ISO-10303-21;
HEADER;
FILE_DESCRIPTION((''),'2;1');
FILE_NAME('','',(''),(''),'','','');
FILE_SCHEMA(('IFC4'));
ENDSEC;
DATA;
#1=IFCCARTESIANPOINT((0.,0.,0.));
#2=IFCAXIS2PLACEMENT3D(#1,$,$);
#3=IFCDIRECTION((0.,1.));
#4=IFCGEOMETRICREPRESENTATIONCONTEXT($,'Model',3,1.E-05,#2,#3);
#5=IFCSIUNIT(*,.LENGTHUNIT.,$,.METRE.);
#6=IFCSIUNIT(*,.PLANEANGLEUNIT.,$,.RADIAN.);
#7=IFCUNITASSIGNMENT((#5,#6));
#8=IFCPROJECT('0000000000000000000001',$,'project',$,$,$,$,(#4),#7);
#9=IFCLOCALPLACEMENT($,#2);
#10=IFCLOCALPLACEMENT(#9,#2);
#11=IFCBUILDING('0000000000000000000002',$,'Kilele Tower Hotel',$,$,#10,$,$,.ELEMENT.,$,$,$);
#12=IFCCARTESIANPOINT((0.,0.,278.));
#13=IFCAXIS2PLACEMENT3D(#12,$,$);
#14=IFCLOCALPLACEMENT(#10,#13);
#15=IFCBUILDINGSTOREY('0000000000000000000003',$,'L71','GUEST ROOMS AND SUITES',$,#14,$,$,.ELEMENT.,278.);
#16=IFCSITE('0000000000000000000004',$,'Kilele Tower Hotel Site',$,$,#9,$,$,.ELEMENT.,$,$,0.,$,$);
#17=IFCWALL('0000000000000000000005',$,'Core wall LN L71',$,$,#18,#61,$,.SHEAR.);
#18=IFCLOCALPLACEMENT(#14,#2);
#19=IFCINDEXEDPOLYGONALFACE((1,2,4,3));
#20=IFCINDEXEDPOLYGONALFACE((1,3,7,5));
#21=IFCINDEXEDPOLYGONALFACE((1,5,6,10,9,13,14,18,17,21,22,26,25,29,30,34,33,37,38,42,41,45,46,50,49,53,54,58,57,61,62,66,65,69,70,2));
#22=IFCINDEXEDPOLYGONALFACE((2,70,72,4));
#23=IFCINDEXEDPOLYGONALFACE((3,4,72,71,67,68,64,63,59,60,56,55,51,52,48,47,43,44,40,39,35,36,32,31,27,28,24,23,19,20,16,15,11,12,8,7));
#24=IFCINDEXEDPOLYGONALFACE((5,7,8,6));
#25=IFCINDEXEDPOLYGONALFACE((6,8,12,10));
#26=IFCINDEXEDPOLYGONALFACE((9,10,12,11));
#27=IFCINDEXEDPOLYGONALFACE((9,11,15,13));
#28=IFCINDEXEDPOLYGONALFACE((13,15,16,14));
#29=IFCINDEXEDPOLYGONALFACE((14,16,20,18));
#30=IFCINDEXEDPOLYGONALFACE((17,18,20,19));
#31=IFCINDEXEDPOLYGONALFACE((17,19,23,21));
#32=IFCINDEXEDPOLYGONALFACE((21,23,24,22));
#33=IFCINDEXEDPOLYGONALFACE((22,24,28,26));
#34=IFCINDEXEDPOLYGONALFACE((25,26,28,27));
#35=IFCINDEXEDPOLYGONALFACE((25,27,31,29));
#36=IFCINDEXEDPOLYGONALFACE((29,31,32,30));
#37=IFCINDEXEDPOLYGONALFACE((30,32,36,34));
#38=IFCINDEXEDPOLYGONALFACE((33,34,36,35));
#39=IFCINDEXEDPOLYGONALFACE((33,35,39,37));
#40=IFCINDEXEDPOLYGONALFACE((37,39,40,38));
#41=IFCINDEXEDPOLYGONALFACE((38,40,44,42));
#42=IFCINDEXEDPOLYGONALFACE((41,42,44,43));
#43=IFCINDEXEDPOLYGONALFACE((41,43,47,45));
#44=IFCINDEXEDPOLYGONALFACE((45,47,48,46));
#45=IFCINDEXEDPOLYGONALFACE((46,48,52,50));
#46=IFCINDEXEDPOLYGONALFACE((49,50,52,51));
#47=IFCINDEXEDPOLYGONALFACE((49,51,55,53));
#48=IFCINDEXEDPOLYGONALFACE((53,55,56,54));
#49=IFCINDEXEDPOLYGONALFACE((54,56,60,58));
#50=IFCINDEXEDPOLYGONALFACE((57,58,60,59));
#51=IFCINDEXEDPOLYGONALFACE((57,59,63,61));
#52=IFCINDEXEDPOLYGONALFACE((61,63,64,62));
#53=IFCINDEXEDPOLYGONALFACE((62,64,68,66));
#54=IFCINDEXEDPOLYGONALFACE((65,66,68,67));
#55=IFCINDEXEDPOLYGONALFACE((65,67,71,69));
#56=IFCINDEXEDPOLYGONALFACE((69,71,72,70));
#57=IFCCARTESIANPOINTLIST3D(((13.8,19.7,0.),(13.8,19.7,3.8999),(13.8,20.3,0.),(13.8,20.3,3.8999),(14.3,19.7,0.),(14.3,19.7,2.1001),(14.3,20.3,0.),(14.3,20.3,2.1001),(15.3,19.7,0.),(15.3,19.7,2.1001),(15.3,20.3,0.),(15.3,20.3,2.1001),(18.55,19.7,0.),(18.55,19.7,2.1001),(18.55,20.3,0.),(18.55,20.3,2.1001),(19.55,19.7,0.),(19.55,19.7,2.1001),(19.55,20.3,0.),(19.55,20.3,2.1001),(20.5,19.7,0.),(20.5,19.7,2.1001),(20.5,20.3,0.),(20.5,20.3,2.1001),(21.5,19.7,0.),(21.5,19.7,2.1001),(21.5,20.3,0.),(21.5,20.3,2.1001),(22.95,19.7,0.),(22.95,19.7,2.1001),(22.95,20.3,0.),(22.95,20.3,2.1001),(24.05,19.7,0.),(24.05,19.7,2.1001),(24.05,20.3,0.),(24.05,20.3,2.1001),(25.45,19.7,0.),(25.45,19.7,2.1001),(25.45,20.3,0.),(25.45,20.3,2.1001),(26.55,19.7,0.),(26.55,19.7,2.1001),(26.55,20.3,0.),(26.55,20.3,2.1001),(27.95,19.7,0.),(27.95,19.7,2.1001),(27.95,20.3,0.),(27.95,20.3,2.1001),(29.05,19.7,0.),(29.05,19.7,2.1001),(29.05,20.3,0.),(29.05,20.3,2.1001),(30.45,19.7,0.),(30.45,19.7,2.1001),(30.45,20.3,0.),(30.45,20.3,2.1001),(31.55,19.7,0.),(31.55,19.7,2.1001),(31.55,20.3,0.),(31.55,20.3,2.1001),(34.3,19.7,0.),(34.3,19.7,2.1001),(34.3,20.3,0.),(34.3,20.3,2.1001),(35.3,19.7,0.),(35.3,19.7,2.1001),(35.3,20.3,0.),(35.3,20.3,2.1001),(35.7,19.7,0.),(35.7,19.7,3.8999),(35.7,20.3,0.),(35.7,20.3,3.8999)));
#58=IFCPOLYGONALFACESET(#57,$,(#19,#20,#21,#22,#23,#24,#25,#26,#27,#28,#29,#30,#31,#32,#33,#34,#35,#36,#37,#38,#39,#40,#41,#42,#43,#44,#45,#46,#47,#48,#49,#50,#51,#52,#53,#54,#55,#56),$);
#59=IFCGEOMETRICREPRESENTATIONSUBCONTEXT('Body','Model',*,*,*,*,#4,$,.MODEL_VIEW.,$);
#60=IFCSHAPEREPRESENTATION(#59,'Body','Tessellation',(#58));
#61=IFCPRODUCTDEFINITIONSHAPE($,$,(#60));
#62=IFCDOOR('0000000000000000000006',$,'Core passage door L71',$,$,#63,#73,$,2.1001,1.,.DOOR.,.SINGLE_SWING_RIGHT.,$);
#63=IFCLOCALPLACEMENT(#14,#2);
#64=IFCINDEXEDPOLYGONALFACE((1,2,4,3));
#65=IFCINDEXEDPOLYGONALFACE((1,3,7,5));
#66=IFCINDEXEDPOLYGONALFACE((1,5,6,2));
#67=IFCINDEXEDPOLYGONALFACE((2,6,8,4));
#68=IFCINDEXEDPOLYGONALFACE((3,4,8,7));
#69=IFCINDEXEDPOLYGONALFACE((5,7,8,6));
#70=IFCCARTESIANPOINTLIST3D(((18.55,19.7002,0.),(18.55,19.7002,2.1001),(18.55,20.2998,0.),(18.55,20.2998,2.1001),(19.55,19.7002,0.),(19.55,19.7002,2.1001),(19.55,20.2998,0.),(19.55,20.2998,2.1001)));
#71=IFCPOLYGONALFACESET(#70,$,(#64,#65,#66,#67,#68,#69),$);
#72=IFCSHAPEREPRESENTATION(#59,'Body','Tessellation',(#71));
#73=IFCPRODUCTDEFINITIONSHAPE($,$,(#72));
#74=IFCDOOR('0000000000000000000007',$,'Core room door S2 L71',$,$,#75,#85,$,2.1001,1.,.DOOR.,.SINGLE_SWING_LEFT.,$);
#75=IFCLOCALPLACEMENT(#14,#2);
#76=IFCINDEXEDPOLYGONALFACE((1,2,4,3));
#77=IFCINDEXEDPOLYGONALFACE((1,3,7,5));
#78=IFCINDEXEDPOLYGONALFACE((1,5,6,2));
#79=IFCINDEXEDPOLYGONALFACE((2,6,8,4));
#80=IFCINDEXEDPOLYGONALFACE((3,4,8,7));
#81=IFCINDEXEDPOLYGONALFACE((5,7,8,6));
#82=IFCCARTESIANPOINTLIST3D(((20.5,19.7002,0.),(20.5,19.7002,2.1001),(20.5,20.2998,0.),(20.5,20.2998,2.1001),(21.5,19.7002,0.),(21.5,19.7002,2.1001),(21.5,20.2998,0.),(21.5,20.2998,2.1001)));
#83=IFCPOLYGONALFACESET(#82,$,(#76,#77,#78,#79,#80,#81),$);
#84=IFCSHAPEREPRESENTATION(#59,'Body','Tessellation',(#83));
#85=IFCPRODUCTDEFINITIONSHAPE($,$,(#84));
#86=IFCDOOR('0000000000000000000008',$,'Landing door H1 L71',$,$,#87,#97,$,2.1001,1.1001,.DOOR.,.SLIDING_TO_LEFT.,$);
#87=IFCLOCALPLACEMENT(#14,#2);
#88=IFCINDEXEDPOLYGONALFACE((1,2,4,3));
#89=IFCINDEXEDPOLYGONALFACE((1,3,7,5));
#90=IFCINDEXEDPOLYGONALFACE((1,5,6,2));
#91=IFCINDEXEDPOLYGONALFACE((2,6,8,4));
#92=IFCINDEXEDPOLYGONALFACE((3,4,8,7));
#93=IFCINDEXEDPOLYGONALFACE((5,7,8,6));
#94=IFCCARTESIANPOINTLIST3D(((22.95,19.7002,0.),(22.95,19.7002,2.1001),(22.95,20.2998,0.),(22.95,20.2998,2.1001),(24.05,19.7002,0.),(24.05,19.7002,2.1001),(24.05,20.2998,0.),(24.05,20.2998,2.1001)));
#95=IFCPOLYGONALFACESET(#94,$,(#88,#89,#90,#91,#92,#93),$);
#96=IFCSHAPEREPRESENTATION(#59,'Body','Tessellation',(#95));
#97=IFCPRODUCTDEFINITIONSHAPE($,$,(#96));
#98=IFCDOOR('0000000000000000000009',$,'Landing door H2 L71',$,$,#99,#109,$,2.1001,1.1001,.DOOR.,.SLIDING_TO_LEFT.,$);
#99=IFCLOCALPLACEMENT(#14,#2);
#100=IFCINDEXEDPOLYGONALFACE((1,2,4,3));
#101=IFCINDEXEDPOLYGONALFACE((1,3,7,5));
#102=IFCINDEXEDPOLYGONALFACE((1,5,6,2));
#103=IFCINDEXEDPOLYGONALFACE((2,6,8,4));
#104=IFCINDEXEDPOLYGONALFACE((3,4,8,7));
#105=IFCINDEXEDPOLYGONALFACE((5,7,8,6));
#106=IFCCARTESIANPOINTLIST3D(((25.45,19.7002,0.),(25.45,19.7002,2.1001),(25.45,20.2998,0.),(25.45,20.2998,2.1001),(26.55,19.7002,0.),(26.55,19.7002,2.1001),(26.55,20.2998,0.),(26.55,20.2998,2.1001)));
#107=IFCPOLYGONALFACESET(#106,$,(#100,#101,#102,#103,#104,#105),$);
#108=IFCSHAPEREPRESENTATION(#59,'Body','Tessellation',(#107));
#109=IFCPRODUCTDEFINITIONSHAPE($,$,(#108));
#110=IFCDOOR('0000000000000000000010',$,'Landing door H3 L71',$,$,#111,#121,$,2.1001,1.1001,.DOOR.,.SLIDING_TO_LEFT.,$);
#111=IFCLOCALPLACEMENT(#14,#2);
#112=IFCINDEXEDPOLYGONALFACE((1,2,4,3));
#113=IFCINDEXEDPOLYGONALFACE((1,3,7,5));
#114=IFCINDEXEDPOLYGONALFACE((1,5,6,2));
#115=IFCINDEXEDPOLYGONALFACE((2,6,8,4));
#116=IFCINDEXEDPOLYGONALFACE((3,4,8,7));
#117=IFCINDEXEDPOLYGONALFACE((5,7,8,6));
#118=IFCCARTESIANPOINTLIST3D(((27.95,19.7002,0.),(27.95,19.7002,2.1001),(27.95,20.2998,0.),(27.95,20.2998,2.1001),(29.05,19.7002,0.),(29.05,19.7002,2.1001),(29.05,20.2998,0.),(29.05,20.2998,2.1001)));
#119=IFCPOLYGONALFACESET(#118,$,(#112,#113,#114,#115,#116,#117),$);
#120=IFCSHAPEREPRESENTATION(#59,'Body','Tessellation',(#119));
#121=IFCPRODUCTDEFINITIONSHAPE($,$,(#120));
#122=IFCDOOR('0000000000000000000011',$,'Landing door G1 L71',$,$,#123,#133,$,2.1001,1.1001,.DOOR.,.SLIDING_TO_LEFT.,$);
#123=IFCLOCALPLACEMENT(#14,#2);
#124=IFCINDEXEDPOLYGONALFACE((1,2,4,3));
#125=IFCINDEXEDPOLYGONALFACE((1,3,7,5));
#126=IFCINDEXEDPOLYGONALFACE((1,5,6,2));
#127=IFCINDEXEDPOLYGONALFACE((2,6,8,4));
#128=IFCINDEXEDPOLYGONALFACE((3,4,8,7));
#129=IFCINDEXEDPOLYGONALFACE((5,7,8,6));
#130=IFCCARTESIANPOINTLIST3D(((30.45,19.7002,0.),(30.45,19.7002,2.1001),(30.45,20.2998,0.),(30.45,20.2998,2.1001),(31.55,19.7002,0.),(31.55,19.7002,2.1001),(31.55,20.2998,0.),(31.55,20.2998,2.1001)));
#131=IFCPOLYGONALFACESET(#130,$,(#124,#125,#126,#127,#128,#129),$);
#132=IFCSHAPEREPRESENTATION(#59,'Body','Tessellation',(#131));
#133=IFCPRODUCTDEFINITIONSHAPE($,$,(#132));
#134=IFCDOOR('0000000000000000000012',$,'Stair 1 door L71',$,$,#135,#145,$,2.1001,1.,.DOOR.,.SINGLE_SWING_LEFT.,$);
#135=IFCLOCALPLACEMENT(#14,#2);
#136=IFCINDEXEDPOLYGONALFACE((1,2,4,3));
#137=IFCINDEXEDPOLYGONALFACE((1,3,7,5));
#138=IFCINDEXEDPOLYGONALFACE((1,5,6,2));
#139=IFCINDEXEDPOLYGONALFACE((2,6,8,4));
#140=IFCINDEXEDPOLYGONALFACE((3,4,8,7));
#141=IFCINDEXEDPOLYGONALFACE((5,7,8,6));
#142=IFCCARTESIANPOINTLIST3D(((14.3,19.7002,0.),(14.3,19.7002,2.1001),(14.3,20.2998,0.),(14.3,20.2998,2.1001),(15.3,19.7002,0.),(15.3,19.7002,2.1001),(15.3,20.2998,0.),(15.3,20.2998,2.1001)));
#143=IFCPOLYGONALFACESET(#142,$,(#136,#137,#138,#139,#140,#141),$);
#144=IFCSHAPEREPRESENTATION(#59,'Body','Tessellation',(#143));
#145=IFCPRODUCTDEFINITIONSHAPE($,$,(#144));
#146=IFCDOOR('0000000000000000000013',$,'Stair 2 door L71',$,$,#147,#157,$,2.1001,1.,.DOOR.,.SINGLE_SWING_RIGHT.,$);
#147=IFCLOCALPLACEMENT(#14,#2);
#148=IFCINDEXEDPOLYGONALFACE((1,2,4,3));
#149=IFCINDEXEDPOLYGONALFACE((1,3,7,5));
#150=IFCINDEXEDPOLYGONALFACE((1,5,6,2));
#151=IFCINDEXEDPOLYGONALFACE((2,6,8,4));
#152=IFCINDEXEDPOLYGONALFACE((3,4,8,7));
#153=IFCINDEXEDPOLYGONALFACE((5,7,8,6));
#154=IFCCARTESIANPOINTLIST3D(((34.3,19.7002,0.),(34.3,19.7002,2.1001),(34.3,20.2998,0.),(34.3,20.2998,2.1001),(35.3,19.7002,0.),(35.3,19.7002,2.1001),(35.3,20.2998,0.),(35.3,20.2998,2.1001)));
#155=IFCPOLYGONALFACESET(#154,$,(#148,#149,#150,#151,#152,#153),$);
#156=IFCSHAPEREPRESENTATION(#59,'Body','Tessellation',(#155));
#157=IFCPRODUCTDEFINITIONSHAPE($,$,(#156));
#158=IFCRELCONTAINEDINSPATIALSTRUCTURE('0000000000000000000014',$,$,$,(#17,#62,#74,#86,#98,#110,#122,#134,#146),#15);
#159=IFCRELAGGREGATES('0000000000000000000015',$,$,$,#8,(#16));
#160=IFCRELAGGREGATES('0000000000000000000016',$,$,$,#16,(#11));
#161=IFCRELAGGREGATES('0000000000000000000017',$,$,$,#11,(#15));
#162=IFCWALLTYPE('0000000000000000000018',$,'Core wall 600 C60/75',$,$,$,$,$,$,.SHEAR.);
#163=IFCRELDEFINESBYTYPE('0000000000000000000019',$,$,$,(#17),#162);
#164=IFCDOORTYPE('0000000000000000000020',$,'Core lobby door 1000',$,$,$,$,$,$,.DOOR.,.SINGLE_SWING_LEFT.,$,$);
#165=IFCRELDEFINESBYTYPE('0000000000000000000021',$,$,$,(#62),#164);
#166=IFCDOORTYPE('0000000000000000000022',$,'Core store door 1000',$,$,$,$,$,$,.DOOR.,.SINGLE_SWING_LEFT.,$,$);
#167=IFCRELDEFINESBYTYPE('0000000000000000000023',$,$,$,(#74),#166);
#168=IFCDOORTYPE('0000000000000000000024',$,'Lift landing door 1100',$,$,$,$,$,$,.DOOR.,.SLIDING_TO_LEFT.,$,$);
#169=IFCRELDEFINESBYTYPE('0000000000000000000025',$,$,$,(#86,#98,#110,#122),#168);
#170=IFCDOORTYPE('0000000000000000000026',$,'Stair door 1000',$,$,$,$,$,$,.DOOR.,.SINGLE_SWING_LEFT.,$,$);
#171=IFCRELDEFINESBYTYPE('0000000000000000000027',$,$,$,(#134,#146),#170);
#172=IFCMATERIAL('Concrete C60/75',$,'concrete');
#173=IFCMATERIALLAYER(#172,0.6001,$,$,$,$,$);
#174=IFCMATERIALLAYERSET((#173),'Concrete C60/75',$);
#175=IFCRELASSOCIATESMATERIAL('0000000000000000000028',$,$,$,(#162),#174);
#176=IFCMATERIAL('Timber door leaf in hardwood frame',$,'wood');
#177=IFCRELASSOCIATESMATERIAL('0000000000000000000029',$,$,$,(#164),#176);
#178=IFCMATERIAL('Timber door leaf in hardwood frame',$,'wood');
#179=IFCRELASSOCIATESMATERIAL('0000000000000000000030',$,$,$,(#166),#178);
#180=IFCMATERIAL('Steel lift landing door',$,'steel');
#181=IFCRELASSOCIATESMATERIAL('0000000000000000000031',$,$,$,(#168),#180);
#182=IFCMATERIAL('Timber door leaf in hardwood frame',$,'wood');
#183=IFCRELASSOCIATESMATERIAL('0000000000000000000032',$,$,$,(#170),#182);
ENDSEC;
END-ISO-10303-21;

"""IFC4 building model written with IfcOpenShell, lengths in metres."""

from ifc_helpers import new_model, si_unit, direction, frame, frame_2d, origin, place, context, subcontext, project, spatial, rectangle, extrude, material, layer, layer_set, type_object, element, fill, save


model = new_model("IFC4")

# Units and contexts
model_context = context("Model", 3, precision=1e-05, world=origin(), true_north=direction((0.0, 1.0)))
body_context = subcontext(model_context, "Body", "Model", "MODEL_VIEW")
ifc_project = project(units=[si_unit("LENGTHUNIT", "METRE"), si_unit("PLANEANGLEUNIT", "RADIAN")], contexts=[model_context])

# Site, building, storey
site_placement = place(None, origin())
site = spatial("IfcSite", under=ifc_project, at=site_placement, Name="Kilele Tower Hotel Site", CompositionType="ELEMENT", RefElevation=0.0)
building_placement = place(site_placement, origin())
building = spatial("IfcBuilding", under=site, at=building_placement, Name="Kilele Tower Hotel", CompositionType="ELEMENT")
storey_placement = place(building_placement, frame((0.0, 0.0, 278.0)))
storey = spatial("IfcBuildingStorey", under=building, at=storey_placement, Name="L71", Description="GUEST ROOMS AND SUITES", CompositionType="ELEMENT", Elevation=278.0)

# Wall, openings, doors
ifc_material_1 = material(Name="Concrete C60/75", Category="concrete")
ifc_layer_1 = layer(ifc_material_1, 0.6001)
ifc_layer_set_1 = layer_set([ifc_layer_1], Name="Concrete C60/75")
wall_type_1 = type_object("IfcWallType", Name="Core wall 600 C60/75", PredefinedType="SHEAR", material=ifc_layer_set_1)
wall_1_placement = place(storey_placement, frame((13.8, 20.0, 0.0), z_axis=(0.0, 0.0, 1.0), x_axis=(1.0, 0.0, 0.0)))
wall_1 = element("IfcWall", 1, at=wall_1_placement, inside=storey, type_object=wall_type_1, Name="Core wall LN L71", PredefinedType="SHEAR", context=body_context, shape_type="SweptSolid", body=[
    extrude(rectangle(XDim=21.8999, YDim=0.6001, at=frame_2d((10.95, 0.0))), origin(), (0.0, 0.0, 1.0), 3.8999),
])
opening_1_placement = place(wall_1_placement, frame((0.5, 0.0, 0.0)))
opening_1 = element("IfcOpeningElement", 2, at=opening_1_placement, cuts=wall_1, PredefinedType="OPENING", context=body_context, shape_type="SweptSolid", body=[
    extrude(rectangle(XDim=1.0, YDim=2.1001, at=frame_2d((0.5, 1.05))), frame((0.0, 0.3101, 0.0), z_axis=(0.0, -1.0, 0.0), x_axis=(1.0, 0.0, 0.0)), (0.0, 0.0, 1.0), 0.6201),
])
opening_2_placement = place(wall_1_placement, frame((20.5, 0.0, 0.0)))
opening_2 = element("IfcOpeningElement", 3, at=opening_2_placement, cuts=wall_1, PredefinedType="OPENING", context=body_context, shape_type="SweptSolid", body=[
    extrude(rectangle(XDim=1.0, YDim=2.1001, at=frame_2d((0.5, 1.05))), frame((0.0, 0.3101, 0.0), z_axis=(0.0, -1.0, 0.0), x_axis=(1.0, 0.0, 0.0)), (0.0, 0.0, 1.0), 0.6201),
])
opening_3_placement = place(wall_1_placement, frame((9.1499, 0.0, 0.0)))
opening_3 = element("IfcOpeningElement", 4, at=opening_3_placement, cuts=wall_1, PredefinedType="OPENING", context=body_context, shape_type="SweptSolid", body=[
    extrude(rectangle(XDim=1.1001, YDim=2.1001, at=frame_2d((0.55, 1.05))), frame((0.0, 0.3101, 0.0), z_axis=(0.0, -1.0, 0.0), x_axis=(1.0, 0.0, 0.0)), (0.0, 0.0, 1.0), 0.6201),
])
opening_4_placement = place(wall_1_placement, frame((11.6499, 0.0, 0.0)))
opening_4 = element("IfcOpeningElement", 5, at=opening_4_placement, cuts=wall_1, PredefinedType="OPENING", context=body_context, shape_type="SweptSolid", body=[
    extrude(rectangle(XDim=1.1001, YDim=2.1001, at=frame_2d((0.55, 1.05))), frame((0.0, 0.3101, 0.0), z_axis=(0.0, -1.0, 0.0), x_axis=(1.0, 0.0, 0.0)), (0.0, 0.0, 1.0), 0.6201),
])
opening_5_placement = place(wall_1_placement, frame((14.1499, 0.0, 0.0)))
opening_5 = element("IfcOpeningElement", 6, at=opening_5_placement, cuts=wall_1, PredefinedType="OPENING", context=body_context, shape_type="SweptSolid", body=[
    extrude(rectangle(XDim=1.1001, YDim=2.1001, at=frame_2d((0.55, 1.05))), frame((0.0, 0.3101, 0.0), z_axis=(0.0, -1.0, 0.0), x_axis=(1.0, 0.0, 0.0)), (0.0, 0.0, 1.0), 0.6201),
])
opening_6_placement = place(wall_1_placement, frame((16.6499, 0.0, 0.0)))
opening_6 = element("IfcOpeningElement", 7, at=opening_6_placement, cuts=wall_1, PredefinedType="OPENING", context=body_context, shape_type="SweptSolid", body=[
    extrude(rectangle(XDim=1.1001, YDim=2.1001, at=frame_2d((0.55, 1.05))), frame((0.0, 0.3101, 0.0), z_axis=(0.0, -1.0, 0.0), x_axis=(1.0, 0.0, 0.0)), (0.0, 0.0, 1.0), 0.6201),
])
opening_7_placement = place(wall_1_placement, frame((5.75, 0.0, 0.0), z_axis=(0.0, 0.0, 1.0), x_axis=(-1.0, 0.0, 0.0)))
opening_7 = element("IfcOpeningElement", 8, at=opening_7_placement, cuts=wall_1, PredefinedType="OPENING", context=body_context, shape_type="SweptSolid", body=[
    extrude(rectangle(XDim=1.0, YDim=2.1001, at=frame_2d((0.5, 1.05))), frame((0.0, 0.3101, 0.0), z_axis=(0.0, -1.0, 0.0), x_axis=(1.0, 0.0, 0.0)), (0.0, 0.0, 1.0), 0.6201),
])
opening_8_placement = place(wall_1_placement, frame((6.7, 0.0, 0.0)))
opening_8 = element("IfcOpeningElement", 9, at=opening_8_placement, cuts=wall_1, PredefinedType="OPENING", context=body_context, shape_type="SweptSolid", body=[
    extrude(rectangle(XDim=1.0, YDim=2.1001, at=frame_2d((0.5, 1.05))), frame((0.0, 0.3101, 0.0), z_axis=(0.0, -1.0, 0.0), x_axis=(1.0, 0.0, 0.0)), (0.0, 0.0, 1.0), 0.6201),
])
ifc_material_2 = material(Name="Timber door leaf in hardwood frame", Category="wood")
door_type_1 = type_object("IfcDoorType", Name="Core lobby door 1000", OperationType="SINGLE_SWING_LEFT", PredefinedType="DOOR", material=ifc_material_2)
door_1_placement = place(opening_7_placement, origin())
door_1 = element("IfcDoor", 10, at=door_1_placement, inside=storey, type_object=door_type_1, Name="Core passage door L71", OperationType="SINGLE_SWING_RIGHT", OverallHeight=2.1001, OverallWidth=1.0, PredefinedType="DOOR", context=body_context, shape_type="SweptSolid", body=[
    extrude(rectangle(XDim=1.0, YDim=2.1001, at=frame_2d((0.5, 1.05))), frame((0.0, 0.2998, 0.0), z_axis=(0.0, -1.0, 0.0), x_axis=(1.0, 0.0, 0.0)), (0.0, 0.0, 1.0), 0.5996),
])
fill(opening_7, door_1)
ifc_material_3 = material(Name="Timber door leaf in hardwood frame", Category="wood")
door_type_2 = type_object("IfcDoorType", Name="Core store door 1000", OperationType="SINGLE_SWING_LEFT", PredefinedType="DOOR", material=ifc_material_3)
door_2_placement = place(opening_8_placement, origin())
door_2 = element("IfcDoor", 11, at=door_2_placement, inside=storey, type_object=door_type_2, Name="Core room door S2 L71", OperationType="SINGLE_SWING_LEFT", OverallHeight=2.1001, OverallWidth=1.0, PredefinedType="DOOR", context=body_context, shape_type="SweptSolid", body=[
    extrude(rectangle(XDim=1.0, YDim=2.1001, at=frame_2d((0.5, 1.05))), frame((0.0, 0.2998, 0.0), z_axis=(0.0, -1.0, 0.0), x_axis=(1.0, 0.0, 0.0)), (0.0, 0.0, 1.0), 0.5996),
])
fill(opening_8, door_2)
ifc_material_4 = material(Name="Steel lift landing door", Category="steel")
door_type_3 = type_object("IfcDoorType", Name="Lift landing door 1100", OperationType="SLIDING_TO_LEFT", PredefinedType="DOOR", material=ifc_material_4)
door_3_placement = place(opening_3_placement, origin())
door_3 = element("IfcDoor", 12, at=door_3_placement, inside=storey, type_object=door_type_3, Name="Landing door H1 L71", OperationType="SLIDING_TO_LEFT", OverallHeight=2.1001, OverallWidth=1.1001, PredefinedType="DOOR", context=body_context, shape_type="SweptSolid", body=[
    extrude(rectangle(XDim=1.1001, YDim=2.1001, at=frame_2d((0.55, 1.05))), frame((0.0, 0.2998, 0.0), z_axis=(0.0, -1.0, 0.0), x_axis=(1.0, 0.0, 0.0)), (0.0, 0.0, 1.0), 0.5996),
])
fill(opening_3, door_3)
door_4_placement = place(opening_4_placement, origin())
door_4 = element("IfcDoor", 13, at=door_4_placement, inside=storey, type_object=door_type_3, Name="Landing door H2 L71", OperationType="SLIDING_TO_LEFT", OverallHeight=2.1001, OverallWidth=1.1001, PredefinedType="DOOR", context=body_context, shape_type="SweptSolid", body=[
    extrude(rectangle(XDim=1.1001, YDim=2.1001, at=frame_2d((0.55, 1.05))), frame((0.0, 0.2998, 0.0), z_axis=(0.0, -1.0, 0.0), x_axis=(1.0, 0.0, 0.0)), (0.0, 0.0, 1.0), 0.5996),
])
fill(opening_4, door_4)
door_5_placement = place(opening_5_placement, origin())
door_5 = element("IfcDoor", 14, at=door_5_placement, inside=storey, type_object=door_type_3, Name="Landing door H3 L71", OperationType="SLIDING_TO_LEFT", OverallHeight=2.1001, OverallWidth=1.1001, PredefinedType="DOOR", context=body_context, shape_type="SweptSolid", body=[
    extrude(rectangle(XDim=1.1001, YDim=2.1001, at=frame_2d((0.55, 1.05))), frame((0.0, 0.2998, 0.0), z_axis=(0.0, -1.0, 0.0), x_axis=(1.0, 0.0, 0.0)), (0.0, 0.0, 1.0), 0.5996),
])
fill(opening_5, door_5)
door_6_placement = place(opening_6_placement, origin())
door_6 = element("IfcDoor", 15, at=door_6_placement, inside=storey, type_object=door_type_3, Name="Landing door G1 L71", OperationType="SLIDING_TO_LEFT", OverallHeight=2.1001, OverallWidth=1.1001, PredefinedType="DOOR", context=body_context, shape_type="SweptSolid", body=[
    extrude(rectangle(XDim=1.1001, YDim=2.1001, at=frame_2d((0.55, 1.05))), frame((0.0, 0.2998, 0.0), z_axis=(0.0, -1.0, 0.0), x_axis=(1.0, 0.0, 0.0)), (0.0, 0.0, 1.0), 0.5996),
])
fill(opening_6, door_6)
ifc_material_5 = material(Name="Timber door leaf in hardwood frame", Category="wood")
door_type_4 = type_object("IfcDoorType", Name="Stair door 1000", OperationType="SINGLE_SWING_LEFT", PredefinedType="DOOR", material=ifc_material_5)
door_7_placement = place(opening_1_placement, origin())
door_7 = element("IfcDoor", 16, at=door_7_placement, inside=storey, type_object=door_type_4, Name="Stair 1 door L71", OperationType="SINGLE_SWING_LEFT", OverallHeight=2.1001, OverallWidth=1.0, PredefinedType="DOOR", context=body_context, shape_type="SweptSolid", body=[
    extrude(rectangle(XDim=1.0, YDim=2.1001, at=frame_2d((0.5, 1.05))), frame((0.0, 0.2998, 0.0), z_axis=(0.0, -1.0, 0.0), x_axis=(1.0, 0.0, 0.0)), (0.0, 0.0, 1.0), 0.5996),
])
fill(opening_1, door_7)
door_8_placement = place(opening_2_placement, origin())
door_8 = element("IfcDoor", 17, at=door_8_placement, inside=storey, type_object=door_type_4, Name="Stair 2 door L71", OperationType="SINGLE_SWING_RIGHT", OverallHeight=2.1001, OverallWidth=1.0, PredefinedType="DOOR", context=body_context, shape_type="SweptSolid", body=[
    extrude(rectangle(XDim=1.0, YDim=2.1001, at=frame_2d((0.5, 1.05))), frame((0.0, 0.2998, 0.0), z_axis=(0.0, -1.0, 0.0), x_axis=(1.0, 0.0, 0.0)), (0.0, 0.0, 1.0), 0.5996),
])
fill(opening_2, door_8)

save(model, "model.ifc")
